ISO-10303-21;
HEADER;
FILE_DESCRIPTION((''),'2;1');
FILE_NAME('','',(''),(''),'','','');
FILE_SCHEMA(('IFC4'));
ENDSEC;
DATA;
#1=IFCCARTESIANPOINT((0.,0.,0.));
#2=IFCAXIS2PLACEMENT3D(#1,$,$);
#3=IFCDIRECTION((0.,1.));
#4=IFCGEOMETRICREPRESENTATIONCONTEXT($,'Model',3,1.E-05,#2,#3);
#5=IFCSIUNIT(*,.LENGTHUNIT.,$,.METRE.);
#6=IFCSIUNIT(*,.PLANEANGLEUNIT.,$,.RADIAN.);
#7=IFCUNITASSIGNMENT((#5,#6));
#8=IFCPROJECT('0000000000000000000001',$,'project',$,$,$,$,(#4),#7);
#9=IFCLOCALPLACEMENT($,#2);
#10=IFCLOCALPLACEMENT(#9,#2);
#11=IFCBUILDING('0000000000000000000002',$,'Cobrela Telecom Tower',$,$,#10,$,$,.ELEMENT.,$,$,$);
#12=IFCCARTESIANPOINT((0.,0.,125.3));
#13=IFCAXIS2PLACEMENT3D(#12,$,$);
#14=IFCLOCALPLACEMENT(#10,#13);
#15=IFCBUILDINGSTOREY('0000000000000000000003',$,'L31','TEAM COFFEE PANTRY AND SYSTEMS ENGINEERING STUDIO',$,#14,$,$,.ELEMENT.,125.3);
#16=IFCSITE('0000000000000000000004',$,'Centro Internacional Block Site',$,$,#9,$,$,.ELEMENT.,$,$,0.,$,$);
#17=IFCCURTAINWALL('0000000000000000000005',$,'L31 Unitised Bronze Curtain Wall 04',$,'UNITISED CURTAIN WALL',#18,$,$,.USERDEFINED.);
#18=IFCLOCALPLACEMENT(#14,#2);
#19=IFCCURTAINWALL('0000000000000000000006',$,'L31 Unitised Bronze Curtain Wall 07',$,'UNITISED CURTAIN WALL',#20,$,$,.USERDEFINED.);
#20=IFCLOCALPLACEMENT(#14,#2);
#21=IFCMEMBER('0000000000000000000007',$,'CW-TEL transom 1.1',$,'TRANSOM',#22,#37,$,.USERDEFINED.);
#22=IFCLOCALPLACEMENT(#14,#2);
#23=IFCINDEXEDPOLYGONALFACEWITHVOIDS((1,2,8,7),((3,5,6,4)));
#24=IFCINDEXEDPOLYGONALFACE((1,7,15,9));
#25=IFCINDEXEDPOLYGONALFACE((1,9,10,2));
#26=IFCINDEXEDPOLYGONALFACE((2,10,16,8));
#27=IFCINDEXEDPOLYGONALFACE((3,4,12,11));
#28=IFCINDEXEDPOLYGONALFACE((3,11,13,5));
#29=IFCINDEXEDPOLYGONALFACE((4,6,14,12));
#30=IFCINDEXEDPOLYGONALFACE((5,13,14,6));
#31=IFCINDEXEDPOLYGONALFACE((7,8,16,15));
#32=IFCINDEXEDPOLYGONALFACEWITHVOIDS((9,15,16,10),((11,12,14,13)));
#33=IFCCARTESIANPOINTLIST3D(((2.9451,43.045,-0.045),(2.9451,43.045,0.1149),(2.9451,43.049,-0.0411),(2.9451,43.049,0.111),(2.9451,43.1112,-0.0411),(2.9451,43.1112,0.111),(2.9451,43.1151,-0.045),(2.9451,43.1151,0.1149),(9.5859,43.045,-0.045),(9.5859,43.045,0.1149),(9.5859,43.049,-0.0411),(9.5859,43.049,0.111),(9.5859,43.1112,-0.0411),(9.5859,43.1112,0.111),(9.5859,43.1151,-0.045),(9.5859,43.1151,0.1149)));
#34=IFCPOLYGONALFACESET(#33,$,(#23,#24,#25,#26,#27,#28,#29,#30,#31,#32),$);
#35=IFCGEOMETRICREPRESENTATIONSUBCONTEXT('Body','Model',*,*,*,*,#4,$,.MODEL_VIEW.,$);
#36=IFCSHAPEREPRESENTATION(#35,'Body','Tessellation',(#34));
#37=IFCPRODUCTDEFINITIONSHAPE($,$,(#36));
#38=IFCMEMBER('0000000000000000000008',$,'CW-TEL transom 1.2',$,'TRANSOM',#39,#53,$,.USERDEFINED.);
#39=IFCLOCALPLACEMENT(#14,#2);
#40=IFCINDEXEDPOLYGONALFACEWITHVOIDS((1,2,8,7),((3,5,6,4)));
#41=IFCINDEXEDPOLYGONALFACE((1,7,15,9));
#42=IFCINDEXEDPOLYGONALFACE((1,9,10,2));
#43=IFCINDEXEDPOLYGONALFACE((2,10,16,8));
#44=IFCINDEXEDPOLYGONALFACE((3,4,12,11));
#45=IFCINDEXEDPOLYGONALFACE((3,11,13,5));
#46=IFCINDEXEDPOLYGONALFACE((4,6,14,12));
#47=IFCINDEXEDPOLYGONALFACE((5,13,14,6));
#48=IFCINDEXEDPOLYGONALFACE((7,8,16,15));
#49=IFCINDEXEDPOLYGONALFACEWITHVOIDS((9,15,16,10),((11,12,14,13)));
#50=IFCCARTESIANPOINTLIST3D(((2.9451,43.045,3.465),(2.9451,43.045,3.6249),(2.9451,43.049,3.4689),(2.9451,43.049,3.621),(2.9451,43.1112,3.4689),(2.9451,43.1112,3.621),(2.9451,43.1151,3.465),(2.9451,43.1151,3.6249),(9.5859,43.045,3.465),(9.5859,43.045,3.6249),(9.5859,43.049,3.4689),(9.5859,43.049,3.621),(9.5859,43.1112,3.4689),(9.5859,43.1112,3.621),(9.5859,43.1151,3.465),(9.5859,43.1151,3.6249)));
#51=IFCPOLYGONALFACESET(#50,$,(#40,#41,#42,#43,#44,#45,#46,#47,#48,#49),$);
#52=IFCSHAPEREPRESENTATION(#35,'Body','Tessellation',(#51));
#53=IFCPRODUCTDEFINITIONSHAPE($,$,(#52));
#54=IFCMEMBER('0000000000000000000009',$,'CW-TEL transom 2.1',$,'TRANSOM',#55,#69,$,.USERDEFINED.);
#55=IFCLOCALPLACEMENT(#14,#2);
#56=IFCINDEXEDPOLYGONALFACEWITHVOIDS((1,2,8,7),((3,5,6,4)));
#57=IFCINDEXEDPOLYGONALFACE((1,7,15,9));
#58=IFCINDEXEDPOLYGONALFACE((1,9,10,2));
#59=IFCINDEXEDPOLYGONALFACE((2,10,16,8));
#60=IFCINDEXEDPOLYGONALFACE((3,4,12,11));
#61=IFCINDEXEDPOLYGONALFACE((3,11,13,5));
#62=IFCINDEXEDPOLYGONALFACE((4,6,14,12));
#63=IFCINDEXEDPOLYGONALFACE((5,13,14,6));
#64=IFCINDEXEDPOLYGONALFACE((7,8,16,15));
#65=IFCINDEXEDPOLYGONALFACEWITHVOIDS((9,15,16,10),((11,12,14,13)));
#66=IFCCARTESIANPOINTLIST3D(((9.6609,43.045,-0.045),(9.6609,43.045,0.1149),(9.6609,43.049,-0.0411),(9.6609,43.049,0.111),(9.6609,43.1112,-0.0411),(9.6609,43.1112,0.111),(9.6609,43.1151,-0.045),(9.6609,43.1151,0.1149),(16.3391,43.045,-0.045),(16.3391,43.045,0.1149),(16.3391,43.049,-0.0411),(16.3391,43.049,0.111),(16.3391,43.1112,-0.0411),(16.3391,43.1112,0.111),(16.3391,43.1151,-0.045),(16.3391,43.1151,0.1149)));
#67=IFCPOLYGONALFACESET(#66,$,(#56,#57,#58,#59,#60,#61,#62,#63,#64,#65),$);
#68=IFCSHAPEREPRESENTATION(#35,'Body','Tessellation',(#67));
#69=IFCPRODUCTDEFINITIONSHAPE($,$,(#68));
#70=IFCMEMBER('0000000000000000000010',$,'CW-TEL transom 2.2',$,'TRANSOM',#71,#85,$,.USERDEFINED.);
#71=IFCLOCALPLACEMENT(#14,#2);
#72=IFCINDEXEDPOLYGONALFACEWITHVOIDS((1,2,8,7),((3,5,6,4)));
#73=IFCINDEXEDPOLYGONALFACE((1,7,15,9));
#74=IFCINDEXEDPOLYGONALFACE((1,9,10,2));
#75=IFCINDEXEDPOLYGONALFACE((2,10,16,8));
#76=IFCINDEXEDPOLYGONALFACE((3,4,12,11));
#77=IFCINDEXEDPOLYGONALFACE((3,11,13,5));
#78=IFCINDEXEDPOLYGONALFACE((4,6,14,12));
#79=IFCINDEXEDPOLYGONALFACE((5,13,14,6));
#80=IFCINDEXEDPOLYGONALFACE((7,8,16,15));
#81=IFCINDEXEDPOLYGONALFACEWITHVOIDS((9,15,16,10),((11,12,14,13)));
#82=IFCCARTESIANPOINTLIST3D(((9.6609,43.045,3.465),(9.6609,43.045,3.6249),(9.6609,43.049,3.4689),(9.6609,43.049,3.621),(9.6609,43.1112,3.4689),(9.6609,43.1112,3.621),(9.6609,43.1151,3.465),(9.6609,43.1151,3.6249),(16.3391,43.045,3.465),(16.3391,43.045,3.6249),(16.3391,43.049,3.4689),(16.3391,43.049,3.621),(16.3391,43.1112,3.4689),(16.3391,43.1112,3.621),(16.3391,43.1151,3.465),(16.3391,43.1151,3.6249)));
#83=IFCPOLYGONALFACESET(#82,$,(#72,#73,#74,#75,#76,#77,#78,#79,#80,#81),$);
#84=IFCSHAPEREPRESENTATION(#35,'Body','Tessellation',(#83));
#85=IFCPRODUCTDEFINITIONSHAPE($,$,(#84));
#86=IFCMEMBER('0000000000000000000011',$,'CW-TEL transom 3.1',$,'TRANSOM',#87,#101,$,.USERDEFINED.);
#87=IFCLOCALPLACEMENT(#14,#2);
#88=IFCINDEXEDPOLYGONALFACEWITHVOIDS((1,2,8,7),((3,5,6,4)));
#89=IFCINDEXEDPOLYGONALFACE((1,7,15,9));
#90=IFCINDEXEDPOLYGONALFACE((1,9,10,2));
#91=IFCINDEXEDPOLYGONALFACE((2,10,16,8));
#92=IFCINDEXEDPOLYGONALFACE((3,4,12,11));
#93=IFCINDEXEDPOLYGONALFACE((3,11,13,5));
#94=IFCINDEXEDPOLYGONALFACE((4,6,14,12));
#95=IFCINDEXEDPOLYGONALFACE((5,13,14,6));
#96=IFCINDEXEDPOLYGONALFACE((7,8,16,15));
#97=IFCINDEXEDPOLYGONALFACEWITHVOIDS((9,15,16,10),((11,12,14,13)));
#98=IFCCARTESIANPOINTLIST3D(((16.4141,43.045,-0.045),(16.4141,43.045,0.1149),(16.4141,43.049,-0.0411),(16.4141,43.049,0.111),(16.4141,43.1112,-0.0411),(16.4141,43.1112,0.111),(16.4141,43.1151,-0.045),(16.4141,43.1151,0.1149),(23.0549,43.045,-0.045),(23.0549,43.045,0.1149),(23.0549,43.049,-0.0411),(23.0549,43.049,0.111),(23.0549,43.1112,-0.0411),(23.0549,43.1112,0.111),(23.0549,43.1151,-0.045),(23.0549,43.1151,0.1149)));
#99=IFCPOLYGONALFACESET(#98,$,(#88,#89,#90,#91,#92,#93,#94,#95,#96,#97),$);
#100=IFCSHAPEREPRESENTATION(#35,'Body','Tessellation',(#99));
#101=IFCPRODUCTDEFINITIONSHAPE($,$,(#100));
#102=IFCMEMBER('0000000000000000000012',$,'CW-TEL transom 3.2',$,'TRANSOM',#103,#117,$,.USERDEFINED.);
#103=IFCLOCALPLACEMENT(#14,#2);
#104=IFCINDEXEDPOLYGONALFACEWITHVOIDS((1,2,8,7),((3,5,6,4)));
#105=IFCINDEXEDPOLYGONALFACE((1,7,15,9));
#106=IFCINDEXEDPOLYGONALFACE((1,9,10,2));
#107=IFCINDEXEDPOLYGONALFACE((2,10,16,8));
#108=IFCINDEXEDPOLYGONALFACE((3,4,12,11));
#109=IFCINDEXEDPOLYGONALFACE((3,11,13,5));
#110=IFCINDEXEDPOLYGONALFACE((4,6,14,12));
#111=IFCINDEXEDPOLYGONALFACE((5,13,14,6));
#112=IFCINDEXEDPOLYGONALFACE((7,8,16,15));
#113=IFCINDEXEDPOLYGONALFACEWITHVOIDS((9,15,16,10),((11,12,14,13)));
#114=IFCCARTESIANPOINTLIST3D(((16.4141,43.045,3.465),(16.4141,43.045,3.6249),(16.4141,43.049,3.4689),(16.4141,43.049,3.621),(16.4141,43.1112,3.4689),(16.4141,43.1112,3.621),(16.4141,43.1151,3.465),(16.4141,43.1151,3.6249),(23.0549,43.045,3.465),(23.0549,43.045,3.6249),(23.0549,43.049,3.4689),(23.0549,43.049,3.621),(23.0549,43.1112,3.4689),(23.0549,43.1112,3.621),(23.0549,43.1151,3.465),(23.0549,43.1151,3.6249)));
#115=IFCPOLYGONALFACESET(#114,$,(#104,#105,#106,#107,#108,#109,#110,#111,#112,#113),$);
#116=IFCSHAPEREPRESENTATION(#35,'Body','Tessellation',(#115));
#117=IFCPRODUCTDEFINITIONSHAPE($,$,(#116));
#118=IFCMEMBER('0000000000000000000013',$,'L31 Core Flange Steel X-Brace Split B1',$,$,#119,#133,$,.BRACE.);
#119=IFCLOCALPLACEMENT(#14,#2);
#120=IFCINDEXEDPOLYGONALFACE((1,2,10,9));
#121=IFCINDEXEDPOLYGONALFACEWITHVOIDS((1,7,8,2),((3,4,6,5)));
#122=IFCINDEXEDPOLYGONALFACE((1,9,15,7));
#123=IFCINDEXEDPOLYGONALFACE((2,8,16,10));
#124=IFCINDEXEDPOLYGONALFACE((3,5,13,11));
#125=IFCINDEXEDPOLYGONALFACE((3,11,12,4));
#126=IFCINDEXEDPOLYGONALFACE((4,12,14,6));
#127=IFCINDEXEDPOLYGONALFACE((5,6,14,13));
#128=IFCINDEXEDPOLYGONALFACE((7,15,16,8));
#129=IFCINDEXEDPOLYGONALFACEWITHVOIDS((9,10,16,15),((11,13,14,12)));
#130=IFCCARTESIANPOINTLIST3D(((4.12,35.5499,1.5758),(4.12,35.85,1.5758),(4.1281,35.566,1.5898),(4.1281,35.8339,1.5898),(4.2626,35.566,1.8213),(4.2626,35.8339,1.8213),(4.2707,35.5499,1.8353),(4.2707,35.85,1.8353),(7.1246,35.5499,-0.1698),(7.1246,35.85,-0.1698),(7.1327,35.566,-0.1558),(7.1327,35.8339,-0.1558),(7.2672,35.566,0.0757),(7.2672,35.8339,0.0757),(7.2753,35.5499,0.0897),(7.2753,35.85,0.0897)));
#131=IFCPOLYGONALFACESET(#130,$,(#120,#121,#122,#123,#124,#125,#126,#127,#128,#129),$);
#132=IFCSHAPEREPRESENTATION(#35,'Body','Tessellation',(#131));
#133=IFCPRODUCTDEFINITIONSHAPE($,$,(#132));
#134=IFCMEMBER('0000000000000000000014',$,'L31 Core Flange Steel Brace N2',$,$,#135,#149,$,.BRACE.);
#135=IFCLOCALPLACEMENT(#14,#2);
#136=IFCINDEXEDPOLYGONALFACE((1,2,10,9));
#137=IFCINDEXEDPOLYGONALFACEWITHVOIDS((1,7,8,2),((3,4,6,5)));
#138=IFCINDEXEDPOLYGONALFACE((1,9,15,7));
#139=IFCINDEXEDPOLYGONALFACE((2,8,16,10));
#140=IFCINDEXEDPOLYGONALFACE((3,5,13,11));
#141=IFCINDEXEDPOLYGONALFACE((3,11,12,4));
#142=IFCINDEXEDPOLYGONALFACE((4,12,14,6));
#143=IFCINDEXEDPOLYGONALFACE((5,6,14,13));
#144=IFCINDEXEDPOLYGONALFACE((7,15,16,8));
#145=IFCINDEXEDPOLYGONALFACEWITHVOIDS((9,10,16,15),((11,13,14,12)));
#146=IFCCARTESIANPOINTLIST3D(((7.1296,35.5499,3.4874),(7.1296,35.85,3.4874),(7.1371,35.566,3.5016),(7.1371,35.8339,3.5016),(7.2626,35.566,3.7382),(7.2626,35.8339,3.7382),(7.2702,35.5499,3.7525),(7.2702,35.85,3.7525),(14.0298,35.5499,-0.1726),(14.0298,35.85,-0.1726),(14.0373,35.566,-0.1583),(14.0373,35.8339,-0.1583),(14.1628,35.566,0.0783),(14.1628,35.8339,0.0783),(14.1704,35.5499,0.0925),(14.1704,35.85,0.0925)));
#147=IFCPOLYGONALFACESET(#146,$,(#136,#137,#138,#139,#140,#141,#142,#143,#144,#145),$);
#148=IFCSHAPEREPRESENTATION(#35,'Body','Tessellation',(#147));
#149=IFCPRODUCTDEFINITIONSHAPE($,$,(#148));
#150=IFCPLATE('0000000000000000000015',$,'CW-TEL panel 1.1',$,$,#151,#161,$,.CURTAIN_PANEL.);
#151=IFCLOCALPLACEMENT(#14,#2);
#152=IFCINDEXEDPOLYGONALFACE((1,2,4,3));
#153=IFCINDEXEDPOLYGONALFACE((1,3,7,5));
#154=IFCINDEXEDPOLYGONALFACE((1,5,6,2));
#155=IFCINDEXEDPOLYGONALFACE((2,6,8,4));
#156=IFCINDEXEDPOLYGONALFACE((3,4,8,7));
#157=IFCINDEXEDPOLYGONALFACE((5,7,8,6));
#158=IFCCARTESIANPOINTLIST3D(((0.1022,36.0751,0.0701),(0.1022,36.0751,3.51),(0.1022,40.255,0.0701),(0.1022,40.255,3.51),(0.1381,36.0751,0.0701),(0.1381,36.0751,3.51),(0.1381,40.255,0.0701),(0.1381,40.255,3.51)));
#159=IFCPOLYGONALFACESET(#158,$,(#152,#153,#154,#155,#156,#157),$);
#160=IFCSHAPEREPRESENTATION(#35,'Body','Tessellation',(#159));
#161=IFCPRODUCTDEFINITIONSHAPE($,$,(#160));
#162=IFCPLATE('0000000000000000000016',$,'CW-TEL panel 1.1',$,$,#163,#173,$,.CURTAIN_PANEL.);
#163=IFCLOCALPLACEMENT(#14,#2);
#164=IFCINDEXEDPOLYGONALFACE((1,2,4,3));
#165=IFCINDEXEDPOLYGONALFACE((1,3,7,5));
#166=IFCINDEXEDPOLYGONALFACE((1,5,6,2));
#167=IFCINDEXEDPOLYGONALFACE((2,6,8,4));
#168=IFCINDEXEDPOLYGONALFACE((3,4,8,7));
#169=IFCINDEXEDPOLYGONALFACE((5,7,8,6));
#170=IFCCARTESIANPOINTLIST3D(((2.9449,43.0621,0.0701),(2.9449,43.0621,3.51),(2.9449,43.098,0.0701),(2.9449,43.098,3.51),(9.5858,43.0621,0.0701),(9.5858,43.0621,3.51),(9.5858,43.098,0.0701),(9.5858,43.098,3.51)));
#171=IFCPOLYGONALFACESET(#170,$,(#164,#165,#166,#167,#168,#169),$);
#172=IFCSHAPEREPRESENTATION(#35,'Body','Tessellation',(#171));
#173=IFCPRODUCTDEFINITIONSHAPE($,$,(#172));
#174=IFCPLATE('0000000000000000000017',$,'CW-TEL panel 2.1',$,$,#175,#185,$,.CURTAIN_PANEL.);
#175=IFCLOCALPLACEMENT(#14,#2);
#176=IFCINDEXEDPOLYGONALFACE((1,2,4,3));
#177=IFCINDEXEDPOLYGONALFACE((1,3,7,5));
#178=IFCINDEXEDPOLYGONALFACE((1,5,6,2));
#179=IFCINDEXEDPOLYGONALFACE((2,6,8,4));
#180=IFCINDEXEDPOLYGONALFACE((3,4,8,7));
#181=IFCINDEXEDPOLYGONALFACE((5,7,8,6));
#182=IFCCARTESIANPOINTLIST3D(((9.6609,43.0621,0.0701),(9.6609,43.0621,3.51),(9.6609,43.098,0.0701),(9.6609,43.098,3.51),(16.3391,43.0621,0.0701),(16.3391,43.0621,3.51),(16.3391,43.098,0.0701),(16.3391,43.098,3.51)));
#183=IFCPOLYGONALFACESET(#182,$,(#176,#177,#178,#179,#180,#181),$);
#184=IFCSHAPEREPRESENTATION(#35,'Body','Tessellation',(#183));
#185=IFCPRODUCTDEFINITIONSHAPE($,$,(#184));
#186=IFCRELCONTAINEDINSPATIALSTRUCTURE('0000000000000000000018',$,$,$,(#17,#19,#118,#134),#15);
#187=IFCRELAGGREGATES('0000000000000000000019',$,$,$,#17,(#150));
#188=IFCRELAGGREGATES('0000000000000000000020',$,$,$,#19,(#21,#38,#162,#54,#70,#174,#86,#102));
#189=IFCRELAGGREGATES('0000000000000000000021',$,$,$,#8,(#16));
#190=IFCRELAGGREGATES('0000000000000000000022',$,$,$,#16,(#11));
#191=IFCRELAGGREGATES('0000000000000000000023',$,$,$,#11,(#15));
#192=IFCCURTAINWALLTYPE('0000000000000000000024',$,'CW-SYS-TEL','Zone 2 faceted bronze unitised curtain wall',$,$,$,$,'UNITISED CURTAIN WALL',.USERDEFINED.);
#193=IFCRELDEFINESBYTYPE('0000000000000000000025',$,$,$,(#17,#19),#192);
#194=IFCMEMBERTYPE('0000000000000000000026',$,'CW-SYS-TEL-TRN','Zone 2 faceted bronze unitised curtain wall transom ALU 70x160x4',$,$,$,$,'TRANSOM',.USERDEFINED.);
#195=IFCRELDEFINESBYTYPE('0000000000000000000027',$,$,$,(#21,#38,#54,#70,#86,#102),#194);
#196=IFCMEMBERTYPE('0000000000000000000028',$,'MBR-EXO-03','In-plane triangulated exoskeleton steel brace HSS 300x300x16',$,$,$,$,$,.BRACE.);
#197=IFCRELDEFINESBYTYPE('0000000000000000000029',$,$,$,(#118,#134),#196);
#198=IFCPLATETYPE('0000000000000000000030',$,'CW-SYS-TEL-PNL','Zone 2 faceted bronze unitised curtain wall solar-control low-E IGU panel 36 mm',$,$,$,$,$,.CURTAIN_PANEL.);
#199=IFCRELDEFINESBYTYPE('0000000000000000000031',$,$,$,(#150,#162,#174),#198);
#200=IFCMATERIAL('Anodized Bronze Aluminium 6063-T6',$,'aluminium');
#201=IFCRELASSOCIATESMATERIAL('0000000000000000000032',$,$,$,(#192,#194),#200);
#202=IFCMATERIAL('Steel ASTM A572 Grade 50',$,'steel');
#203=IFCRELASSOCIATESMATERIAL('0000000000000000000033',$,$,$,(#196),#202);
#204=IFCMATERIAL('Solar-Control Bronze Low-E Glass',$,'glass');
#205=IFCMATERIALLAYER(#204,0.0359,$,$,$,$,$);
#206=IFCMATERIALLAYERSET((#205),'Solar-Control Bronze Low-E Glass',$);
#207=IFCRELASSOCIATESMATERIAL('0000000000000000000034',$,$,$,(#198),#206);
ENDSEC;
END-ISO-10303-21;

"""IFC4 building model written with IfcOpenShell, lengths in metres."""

from ifc_helpers import new_model, si_unit, direction, frame, origin, origin_2d, place, context, subcontext, project, spatial, rectangle, hollow_rectangle, extrude, material, layer, layer_set, material_profile, profile_set, type_object, element, aggregate, save


model = new_model("IFC4")

# Units and contexts
model_context = context("Model", 3, precision=1e-05, world=origin(), true_north=direction((0.0, 1.0)))
body_context = subcontext(model_context, "Body", "Model", "MODEL_VIEW")
ifc_project = project(units=[si_unit("LENGTHUNIT", "METRE"), si_unit("PLANEANGLEUNIT", "RADIAN")], contexts=[model_context])

# Site, building, storey
site_placement = place(None, origin())
site = spatial("IfcSite", under=ifc_project, at=site_placement, Name="Centro Internacional Block Site", CompositionType="ELEMENT", RefElevation=0.0)
building_placement = place(site_placement, origin())
building = spatial("IfcBuilding", under=site, at=building_placement, Name="Cobrela Telecom Tower", CompositionType="ELEMENT")
storey_placement = place(building_placement, frame((0.0, 0.0, 125.3)))
storey = spatial("IfcBuildingStorey", under=building, at=storey_placement, Name="L31", Description="TEAM COFFEE PANTRY AND SYSTEMS ENGINEERING STUDIO", CompositionType="ELEMENT", Elevation=125.3)

# Shared definitions
ifc_material_1 = material(Name="Steel ASTM A572 Grade 50", Category="steel")

# Curtain walls
ifc_material_2 = material(Name="Anodized Bronze Aluminium 6063-T6", Category="aluminium")
curtain_wall_type = type_object("IfcCurtainWallType", Name="CW-SYS-TEL", Description="Zone 2 faceted bronze unitised curtain wall", ElementType="UNITISED CURTAIN WALL", PredefinedType="USERDEFINED", material=ifc_material_2)
curtain_wall_1_placement = place(storey_placement, origin())
curtain_wall_1 = element("IfcCurtainWall", 1, at=curtain_wall_1_placement, inside=storey, type_object=curtain_wall_type, Name="L31 Unitised Bronze Curtain Wall 04", ObjectType="UNITISED CURTAIN WALL", PredefinedType="USERDEFINED")
curtain_wall_2_placement = place(storey_placement, origin())
curtain_wall_2 = element("IfcCurtainWall", 2, at=curtain_wall_2_placement, inside=storey, type_object=curtain_wall_type, Name="L31 Unitised Bronze Curtain Wall 07", ObjectType="UNITISED CURTAIN WALL", PredefinedType="USERDEFINED")

# Members
ifc_material_profile_1 = material_profile(ifc_material_2, hollow_rectangle(XDim=0.0701, YDim=0.1599, WallThickness=0.0039, at=origin_2d()), Name="ALU 70x160x4")
ifc_profile_set_1 = profile_set([ifc_material_profile_1], Name="Anodized Bronze Aluminium 6063-T6")
member_type_1 = type_object("IfcMemberType", Name="CW-SYS-TEL-TRN", Description="Zone 2 faceted bronze unitised curtain wall transom ALU 70x160x4", ElementType="TRANSOM", PredefinedType="USERDEFINED", material=ifc_profile_set_1)
member_1_placement = place(storey_placement, frame((2.9451, 43.0801, 0.0349), z_axis=(1.0, 0.0, 0.0), x_axis=(0.0, 1.0, 0.0)))
member_1 = element("IfcMember", 3, at=member_1_placement, type_object=member_type_1, Name="CW-TEL transom 1.1", ObjectType="TRANSOM", PredefinedType="USERDEFINED", context=body_context, shape_type="SweptSolid", body=[
    extrude(hollow_rectangle(XDim=0.0701, YDim=0.1599, WallThickness=0.0039, at=origin_2d()), origin(), (0.0, 0.0, 1.0), 6.6409),
])
member_2_placement = place(storey_placement, frame((2.9451, 43.0801, 3.5449), z_axis=(1.0, 0.0, 0.0), x_axis=(0.0, 1.0, 0.0)))
member_2 = element("IfcMember", 4, at=member_2_placement, type_object=member_type_1, Name="CW-TEL transom 1.2", ObjectType="TRANSOM", PredefinedType="USERDEFINED", context=body_context, shape_type="SweptSolid", body=[
    extrude(hollow_rectangle(XDim=0.0701, YDim=0.1599, WallThickness=0.0039, at=origin_2d()), origin(), (0.0, 0.0, 1.0), 6.6409),
])
member_3_placement = place(storey_placement, frame((9.6609, 43.0801, 0.0349), z_axis=(1.0, 0.0, 0.0), x_axis=(0.0, 1.0, 0.0)))
member_3 = element("IfcMember", 5, at=member_3_placement, type_object=member_type_1, Name="CW-TEL transom 2.1", ObjectType="TRANSOM", PredefinedType="USERDEFINED", context=body_context, shape_type="SweptSolid", body=[
    extrude(hollow_rectangle(XDim=0.0701, YDim=0.1599, WallThickness=0.0039, at=origin_2d()), origin(), (0.0, 0.0, 1.0), 6.6782),
])
member_4_placement = place(storey_placement, frame((9.6609, 43.0801, 3.5449), z_axis=(1.0, 0.0, 0.0), x_axis=(0.0, 1.0, 0.0)))
member_4 = element("IfcMember", 6, at=member_4_placement, type_object=member_type_1, Name="CW-TEL transom 2.2", ObjectType="TRANSOM", PredefinedType="USERDEFINED", context=body_context, shape_type="SweptSolid", body=[
    extrude(hollow_rectangle(XDim=0.0701, YDim=0.1599, WallThickness=0.0039, at=origin_2d()), origin(), (0.0, 0.0, 1.0), 6.6782),
])
member_5_placement = place(storey_placement, frame((16.4141, 43.0801, 0.0349), z_axis=(1.0, 0.0, 0.0), x_axis=(0.0, 1.0, 0.0)))
member_5 = element("IfcMember", 7, at=member_5_placement, type_object=member_type_1, Name="CW-TEL transom 3.1", ObjectType="TRANSOM", PredefinedType="USERDEFINED", context=body_context, shape_type="SweptSolid", body=[
    extrude(hollow_rectangle(XDim=0.0701, YDim=0.1599, WallThickness=0.0039, at=origin_2d()), origin(), (0.0, 0.0, 1.0), 6.6409),
])
member_6_placement = place(storey_placement, frame((16.4141, 43.0801, 3.5449), z_axis=(1.0, 0.0, 0.0), x_axis=(0.0, 1.0, 0.0)))
member_6 = element("IfcMember", 8, at=member_6_placement, type_object=member_type_1, Name="CW-TEL transom 3.2", ObjectType="TRANSOM", PredefinedType="USERDEFINED", context=body_context, shape_type="SweptSolid", body=[
    extrude(hollow_rectangle(XDim=0.0701, YDim=0.1599, WallThickness=0.0039, at=origin_2d()), origin(), (0.0, 0.0, 1.0), 6.6409),
])

# Members
ifc_material_profile_2 = material_profile(ifc_material_1, hollow_rectangle(XDim=0.3, YDim=0.3, WallThickness=0.0161, at=origin_2d()), Name="HSS 300x300x16")
ifc_profile_set_2 = profile_set([ifc_material_profile_2], Name="Steel ASTM A572 Grade 50")
member_type_2 = type_object("IfcMemberType", Name="MBR-EXO-03", Description="In-plane triangulated exoskeleton steel brace HSS 300x300x16", PredefinedType="BRACE", material=ifc_profile_set_2)
member_7_placement = place(storey_placement, frame((7.2, 35.7, -0.04), z_axis=(-0.864667, 0.0, 0.502346), x_axis=(0.0, -1.0, 0.0)))
element("IfcMember", 9, at=member_7_placement, inside=storey, type_object=member_type_2, Name="L31 Core Flange Steel X-Brace Split B1", PredefinedType="BRACE", context=body_context, shape_type="SweptSolid", body=[
    extrude(hollow_rectangle(XDim=0.3, YDim=0.3, WallThickness=0.0161, at=origin_2d()), origin(), (0.0, 0.0, 1.0), 3.4749),
])
member_8_placement = place(storey_placement, frame((14.1001, 35.7, -0.04), z_axis=(-0.883423, 0.0, 0.468577), x_axis=(0.0, -1.0, 0.0)))
element("IfcMember", 10, at=member_8_placement, inside=storey, type_object=member_type_2, Name="L31 Core Flange Steel Brace N2", PredefinedType="BRACE", context=body_context, shape_type="SweptSolid", body=[
    extrude(hollow_rectangle(XDim=0.3, YDim=0.3, WallThickness=0.0161, at=origin_2d()), origin(), (0.0, 0.0, 1.0), 7.8108),
])

# Plates
ifc_material_3 = material(Name="Solar-Control Bronze Low-E Glass", Category="glass")
ifc_layer_1 = layer(ifc_material_3, 0.0359)
ifc_layer_set_1 = layer_set([ifc_layer_1], Name="Solar-Control Bronze Low-E Glass")
plate_type_1 = type_object("IfcPlateType", Name="CW-SYS-TEL-PNL", Description="Zone 2 faceted bronze unitised curtain wall solar-control low-E IGU panel 36 mm", PredefinedType="CURTAIN_PANEL", material=ifc_layer_set_1)
plate_1_placement = place(storey_placement, frame((0.1201, 38.165, 0.0701), z_axis=(0.0, 0.0, 1.0), x_axis=(0.0, 1.0, 0.0)))
plate_1 = element("IfcPlate", 11, at=plate_1_placement, type_object=plate_type_1, Name="CW-TEL panel 1.1", PredefinedType="CURTAIN_PANEL", context=body_context, shape_type="SweptSolid", body=[
    extrude(rectangle(XDim=4.1799, YDim=0.0359, at=origin_2d()), origin(), (0.0, 0.0, 1.0), 3.4399),
])
aggregate(curtain_wall_1, [plate_1])
plate_2_placement = place(storey_placement, frame((6.2654, 43.0801, 0.0701), z_axis=(0.0, 0.0, 1.0), x_axis=(1.0, 0.0, 0.0)))
plate_2 = element("IfcPlate", 12, at=plate_2_placement, type_object=plate_type_1, Name="CW-TEL panel 1.1", PredefinedType="CURTAIN_PANEL", context=body_context, shape_type="SweptSolid", body=[
    extrude(rectangle(XDim=6.6409, YDim=0.0359, at=origin_2d()), origin(), (0.0, 0.0, 1.0), 3.4399),
])
plate_3_placement = place(storey_placement, frame((13.0, 43.0801, 0.0701), z_axis=(0.0, 0.0, 1.0), x_axis=(1.0, 0.0, 0.0)))
plate_3 = element("IfcPlate", 13, at=plate_3_placement, type_object=plate_type_1, Name="CW-TEL panel 2.1", PredefinedType="CURTAIN_PANEL", context=body_context, shape_type="SweptSolid", body=[
    extrude(rectangle(XDim=6.6782, YDim=0.0359, at=origin_2d()), origin(), (0.0, 0.0, 1.0), 3.4399),
])
aggregate(curtain_wall_2, [member_1, member_2, plate_2, member_3, member_4, plate_3, member_5, member_6])

save(model, "model.ifc")
